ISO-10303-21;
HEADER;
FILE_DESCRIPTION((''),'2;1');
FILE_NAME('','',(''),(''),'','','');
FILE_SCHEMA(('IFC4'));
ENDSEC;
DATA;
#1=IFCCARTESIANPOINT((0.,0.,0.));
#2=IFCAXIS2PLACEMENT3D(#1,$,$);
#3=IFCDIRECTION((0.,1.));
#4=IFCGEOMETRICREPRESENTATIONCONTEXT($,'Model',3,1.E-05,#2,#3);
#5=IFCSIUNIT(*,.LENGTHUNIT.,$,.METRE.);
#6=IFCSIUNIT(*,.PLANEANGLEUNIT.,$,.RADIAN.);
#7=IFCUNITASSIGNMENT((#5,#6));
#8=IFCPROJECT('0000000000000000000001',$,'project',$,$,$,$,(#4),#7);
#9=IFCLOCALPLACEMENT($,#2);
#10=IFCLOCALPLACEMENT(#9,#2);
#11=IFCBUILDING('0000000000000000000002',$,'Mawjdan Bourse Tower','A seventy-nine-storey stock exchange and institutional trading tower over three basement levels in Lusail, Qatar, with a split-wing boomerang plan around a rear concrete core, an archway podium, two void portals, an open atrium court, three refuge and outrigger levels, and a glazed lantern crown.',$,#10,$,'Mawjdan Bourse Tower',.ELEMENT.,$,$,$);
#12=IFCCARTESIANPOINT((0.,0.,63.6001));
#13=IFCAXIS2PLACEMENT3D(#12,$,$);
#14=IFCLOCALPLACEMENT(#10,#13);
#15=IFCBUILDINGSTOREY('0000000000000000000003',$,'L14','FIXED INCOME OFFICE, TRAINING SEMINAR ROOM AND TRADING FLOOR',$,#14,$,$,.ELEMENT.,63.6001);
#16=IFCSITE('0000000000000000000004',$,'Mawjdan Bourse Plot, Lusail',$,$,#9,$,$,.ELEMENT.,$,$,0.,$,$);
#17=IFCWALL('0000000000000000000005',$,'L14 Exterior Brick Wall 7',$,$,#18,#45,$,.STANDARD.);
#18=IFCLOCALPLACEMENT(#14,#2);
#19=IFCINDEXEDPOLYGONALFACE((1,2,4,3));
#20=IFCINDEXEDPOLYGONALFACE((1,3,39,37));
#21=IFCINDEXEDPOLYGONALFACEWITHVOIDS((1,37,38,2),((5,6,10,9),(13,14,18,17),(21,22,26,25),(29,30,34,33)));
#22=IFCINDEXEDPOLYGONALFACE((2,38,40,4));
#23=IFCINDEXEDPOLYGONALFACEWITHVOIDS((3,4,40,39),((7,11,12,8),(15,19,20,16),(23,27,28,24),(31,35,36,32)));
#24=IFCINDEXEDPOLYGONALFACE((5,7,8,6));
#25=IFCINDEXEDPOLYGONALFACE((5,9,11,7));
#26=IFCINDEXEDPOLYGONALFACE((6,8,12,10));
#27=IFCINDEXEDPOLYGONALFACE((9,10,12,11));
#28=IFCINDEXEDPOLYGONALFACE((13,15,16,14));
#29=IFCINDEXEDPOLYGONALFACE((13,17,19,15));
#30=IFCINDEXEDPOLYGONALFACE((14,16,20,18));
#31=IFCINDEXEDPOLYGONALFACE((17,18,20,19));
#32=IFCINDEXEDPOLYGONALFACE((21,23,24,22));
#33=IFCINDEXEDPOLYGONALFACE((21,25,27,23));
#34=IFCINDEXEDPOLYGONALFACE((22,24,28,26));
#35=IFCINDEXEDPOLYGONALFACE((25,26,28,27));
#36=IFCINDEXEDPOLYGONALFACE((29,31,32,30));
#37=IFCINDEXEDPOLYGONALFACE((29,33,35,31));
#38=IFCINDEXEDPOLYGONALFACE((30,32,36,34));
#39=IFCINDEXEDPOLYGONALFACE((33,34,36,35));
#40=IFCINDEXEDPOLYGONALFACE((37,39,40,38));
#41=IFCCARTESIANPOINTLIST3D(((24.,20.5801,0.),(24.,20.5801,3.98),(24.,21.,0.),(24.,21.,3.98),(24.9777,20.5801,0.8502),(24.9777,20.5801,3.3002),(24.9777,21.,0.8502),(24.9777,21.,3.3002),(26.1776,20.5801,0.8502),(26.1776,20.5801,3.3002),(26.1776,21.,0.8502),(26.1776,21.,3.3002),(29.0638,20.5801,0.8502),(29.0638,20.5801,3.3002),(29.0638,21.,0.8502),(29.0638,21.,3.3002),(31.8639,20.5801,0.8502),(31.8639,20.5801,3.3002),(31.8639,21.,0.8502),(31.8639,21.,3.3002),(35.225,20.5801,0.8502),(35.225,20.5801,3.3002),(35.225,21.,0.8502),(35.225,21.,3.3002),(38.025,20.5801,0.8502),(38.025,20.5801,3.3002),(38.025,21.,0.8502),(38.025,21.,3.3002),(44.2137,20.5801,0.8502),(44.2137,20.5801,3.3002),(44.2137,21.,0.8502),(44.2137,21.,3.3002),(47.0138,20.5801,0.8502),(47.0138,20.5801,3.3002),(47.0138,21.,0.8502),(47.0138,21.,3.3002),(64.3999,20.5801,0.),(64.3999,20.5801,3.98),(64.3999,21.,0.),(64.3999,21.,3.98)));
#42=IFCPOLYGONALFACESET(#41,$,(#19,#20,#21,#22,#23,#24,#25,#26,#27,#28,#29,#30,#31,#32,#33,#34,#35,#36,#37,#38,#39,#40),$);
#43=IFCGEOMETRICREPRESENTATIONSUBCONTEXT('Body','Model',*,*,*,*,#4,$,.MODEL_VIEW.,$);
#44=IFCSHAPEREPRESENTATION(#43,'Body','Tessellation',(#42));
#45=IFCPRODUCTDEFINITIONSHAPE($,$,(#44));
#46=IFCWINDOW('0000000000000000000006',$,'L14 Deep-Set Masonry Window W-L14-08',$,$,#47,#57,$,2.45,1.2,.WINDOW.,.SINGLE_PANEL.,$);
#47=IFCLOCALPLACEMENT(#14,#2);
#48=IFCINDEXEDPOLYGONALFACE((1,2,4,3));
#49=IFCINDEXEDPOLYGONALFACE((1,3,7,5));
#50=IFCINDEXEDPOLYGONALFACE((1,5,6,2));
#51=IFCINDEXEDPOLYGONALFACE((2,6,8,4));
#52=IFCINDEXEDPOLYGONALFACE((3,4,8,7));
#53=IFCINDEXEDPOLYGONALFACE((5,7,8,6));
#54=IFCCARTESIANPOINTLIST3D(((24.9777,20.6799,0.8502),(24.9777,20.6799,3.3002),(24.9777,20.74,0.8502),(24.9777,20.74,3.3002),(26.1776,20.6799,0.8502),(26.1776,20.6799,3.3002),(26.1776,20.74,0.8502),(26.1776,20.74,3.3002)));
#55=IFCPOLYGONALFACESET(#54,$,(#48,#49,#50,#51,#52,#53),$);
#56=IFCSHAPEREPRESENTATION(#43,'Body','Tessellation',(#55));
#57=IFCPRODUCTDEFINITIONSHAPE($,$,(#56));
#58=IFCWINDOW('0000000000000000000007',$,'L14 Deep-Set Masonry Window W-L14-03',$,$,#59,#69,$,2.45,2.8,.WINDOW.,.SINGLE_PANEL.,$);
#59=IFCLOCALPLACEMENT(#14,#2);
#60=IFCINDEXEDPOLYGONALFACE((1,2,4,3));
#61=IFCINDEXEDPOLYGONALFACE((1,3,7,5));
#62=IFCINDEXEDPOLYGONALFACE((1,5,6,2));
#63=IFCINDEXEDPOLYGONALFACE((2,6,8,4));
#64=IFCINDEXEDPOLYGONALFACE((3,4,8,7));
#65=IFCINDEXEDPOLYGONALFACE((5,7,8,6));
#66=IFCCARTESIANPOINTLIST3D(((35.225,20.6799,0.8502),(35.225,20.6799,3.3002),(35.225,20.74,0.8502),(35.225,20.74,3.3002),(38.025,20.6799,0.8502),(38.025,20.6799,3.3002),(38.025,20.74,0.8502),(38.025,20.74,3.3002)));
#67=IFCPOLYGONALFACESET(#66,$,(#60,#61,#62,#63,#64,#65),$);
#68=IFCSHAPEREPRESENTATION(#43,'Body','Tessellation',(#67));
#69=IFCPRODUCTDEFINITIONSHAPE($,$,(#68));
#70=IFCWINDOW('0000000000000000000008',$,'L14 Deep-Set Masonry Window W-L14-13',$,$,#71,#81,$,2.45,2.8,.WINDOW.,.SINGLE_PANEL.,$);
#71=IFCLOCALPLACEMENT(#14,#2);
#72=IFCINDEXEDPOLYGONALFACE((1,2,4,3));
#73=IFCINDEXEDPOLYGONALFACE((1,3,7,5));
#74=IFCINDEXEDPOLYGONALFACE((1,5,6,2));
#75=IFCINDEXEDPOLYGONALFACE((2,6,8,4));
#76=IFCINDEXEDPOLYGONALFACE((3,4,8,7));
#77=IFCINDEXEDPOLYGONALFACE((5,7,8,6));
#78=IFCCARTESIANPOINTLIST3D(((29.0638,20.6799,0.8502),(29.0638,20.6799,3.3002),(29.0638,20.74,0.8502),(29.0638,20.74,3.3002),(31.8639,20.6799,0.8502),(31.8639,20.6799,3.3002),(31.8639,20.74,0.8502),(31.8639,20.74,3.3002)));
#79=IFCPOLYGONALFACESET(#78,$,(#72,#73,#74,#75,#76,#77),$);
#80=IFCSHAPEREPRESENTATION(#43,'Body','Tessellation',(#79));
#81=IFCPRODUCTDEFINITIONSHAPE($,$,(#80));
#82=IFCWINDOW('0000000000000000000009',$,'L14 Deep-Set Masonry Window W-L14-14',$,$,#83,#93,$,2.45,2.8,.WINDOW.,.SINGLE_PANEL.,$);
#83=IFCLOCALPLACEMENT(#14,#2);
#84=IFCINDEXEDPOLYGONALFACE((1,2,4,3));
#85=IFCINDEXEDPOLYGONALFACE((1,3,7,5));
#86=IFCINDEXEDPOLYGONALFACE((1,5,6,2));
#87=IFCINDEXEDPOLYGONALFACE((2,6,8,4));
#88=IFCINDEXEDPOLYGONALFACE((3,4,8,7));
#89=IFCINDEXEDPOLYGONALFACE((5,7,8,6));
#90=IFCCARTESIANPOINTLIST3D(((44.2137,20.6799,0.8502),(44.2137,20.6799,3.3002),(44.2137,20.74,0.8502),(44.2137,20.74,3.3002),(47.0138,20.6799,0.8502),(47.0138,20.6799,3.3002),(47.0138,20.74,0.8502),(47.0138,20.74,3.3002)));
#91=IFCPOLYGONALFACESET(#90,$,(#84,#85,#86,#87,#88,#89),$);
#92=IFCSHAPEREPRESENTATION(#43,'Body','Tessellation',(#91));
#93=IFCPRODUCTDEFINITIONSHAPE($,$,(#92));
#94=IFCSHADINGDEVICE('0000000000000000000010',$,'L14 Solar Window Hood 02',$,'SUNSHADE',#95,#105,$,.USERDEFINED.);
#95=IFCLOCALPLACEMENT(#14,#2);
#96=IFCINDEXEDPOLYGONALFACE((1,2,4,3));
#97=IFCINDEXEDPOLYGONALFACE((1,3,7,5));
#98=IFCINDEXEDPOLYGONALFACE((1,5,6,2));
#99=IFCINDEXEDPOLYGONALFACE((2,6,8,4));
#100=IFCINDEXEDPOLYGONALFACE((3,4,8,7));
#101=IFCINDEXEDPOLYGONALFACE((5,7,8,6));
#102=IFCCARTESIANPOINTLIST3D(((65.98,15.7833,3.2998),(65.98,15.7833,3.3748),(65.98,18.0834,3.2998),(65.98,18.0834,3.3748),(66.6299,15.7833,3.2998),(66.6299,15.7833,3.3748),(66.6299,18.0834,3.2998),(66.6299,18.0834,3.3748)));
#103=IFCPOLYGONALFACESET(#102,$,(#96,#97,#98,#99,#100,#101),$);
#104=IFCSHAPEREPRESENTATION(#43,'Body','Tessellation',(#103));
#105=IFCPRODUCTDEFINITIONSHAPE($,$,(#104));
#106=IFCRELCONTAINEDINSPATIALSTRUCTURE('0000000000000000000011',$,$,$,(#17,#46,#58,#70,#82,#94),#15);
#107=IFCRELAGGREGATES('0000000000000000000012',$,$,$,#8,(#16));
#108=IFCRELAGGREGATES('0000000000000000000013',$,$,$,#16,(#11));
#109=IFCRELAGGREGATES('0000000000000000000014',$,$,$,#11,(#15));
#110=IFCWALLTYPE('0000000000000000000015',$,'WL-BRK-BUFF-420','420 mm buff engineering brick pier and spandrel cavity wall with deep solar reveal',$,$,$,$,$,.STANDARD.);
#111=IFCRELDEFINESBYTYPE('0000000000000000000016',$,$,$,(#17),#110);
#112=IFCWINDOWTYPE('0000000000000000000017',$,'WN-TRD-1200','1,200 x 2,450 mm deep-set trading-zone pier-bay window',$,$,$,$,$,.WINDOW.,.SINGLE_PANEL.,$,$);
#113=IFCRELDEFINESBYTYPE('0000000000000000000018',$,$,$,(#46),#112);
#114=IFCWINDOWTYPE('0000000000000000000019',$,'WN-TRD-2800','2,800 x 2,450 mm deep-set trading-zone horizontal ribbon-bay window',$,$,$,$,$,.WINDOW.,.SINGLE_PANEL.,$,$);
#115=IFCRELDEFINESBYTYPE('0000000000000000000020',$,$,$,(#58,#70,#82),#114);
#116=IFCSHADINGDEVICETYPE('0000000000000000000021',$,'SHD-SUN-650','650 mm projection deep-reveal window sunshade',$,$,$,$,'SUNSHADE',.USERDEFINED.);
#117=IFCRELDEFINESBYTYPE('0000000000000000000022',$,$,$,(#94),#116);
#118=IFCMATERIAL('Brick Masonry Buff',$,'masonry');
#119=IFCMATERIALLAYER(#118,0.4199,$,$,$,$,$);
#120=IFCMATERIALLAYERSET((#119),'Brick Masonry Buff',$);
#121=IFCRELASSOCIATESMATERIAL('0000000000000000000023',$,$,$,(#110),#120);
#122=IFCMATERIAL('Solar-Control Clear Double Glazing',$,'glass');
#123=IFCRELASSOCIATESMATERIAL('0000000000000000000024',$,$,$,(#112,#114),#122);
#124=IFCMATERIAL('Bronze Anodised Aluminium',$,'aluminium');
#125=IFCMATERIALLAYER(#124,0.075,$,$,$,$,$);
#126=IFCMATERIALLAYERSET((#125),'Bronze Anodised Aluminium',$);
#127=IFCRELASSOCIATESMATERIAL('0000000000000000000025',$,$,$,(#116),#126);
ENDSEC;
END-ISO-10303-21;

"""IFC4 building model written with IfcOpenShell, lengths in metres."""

from ifc_helpers import new_model, si_unit, direction, frame, frame_2d, origin, origin_2d, place, context, subcontext, project, spatial, rectangle, extrude, material, layer, layer_set, type_object, element, fill, save


model = new_model("IFC4")

# Units and contexts
model_context = context("Model", 3, precision=1e-05, world=origin(), true_north=direction((0.0, 1.0)))
body_context = subcontext(model_context, "Body", "Model", "MODEL_VIEW")
ifc_project = project(units=[si_unit("LENGTHUNIT", "METRE"), si_unit("PLANEANGLEUNIT", "RADIAN")], contexts=[model_context])

# Site, building, storey
site_placement = place(None, origin())
site = spatial("IfcSite", under=ifc_project, at=site_placement, Name="Mawjdan Bourse Plot, Lusail", CompositionType="ELEMENT", RefElevation=0.0)
building_placement = place(site_placement, origin())
building = spatial("IfcBuilding", under=site, at=building_placement, Name="Mawjdan Bourse Tower", Description="A seventy-nine-storey stock exchange and institutional trading tower over three basement levels in Lusail, Qatar, with a split-wing boomerang plan around a rear concrete core, an archway podium, two void portals, an open atrium court, three refuge and outrigger levels, and a glazed lantern crown.", LongName="Mawjdan Bourse Tower", CompositionType="ELEMENT")
storey_placement = place(building_placement, frame((0.0, 0.0, 63.6001)))
storey = spatial("IfcBuildingStorey", under=building, at=storey_placement, Name="L14", Description="FIXED INCOME OFFICE, TRAINING SEMINAR ROOM AND TRADING FLOOR", CompositionType="ELEMENT", Elevation=63.6001)

# Shared definitions
ifc_material_1 = material(Name="Brick Masonry Buff", Category="masonry")
ifc_layer_1 = layer(ifc_material_1, 0.4199)
ifc_layer_set_1 = layer_set([ifc_layer_1], Name="Brick Masonry Buff")
wall_type = type_object("IfcWallType", Name="WL-BRK-BUFF-420", Description="420 mm buff engineering brick pier and spandrel cavity wall with deep solar reveal", PredefinedType="STANDARD", material=ifc_layer_set_1)

# Wall, openings, windows
wall_placement = place(storey_placement, frame((64.3999, 20.79, 0.0), z_axis=(0.0, 0.0, 1.0), x_axis=(-1.0, 0.0, 0.0)))
wall = element("IfcWall", 1, at=wall_placement, inside=storey, type_object=wall_type, Name="L14 Exterior Brick Wall 7", PredefinedType="STANDARD", context=body_context, shape_type="SweptSolid", body=[
    extrude(rectangle(XDim=40.3999, YDim=0.4199, at=frame_2d((20.2, 0.0))), origin(), (0.0, 0.0, 1.0), 3.98),
])
opening_1_placement = place(wall_placement, frame((26.375, 0.0, 0.8501)))
opening_1 = element("IfcOpeningElement", 2, at=opening_1_placement, cuts=wall, PredefinedType="OPENING", context=body_context, shape_type="SweptSolid", body=[
    extrude(rectangle(XDim=2.8, YDim=2.45, at=frame_2d((1.3999, 1.2251))), frame((0.0, 0.22, 0.0), z_axis=(0.0, -1.0, 0.0), x_axis=(1.0, 0.0, 0.0)), (0.0, 0.0, 1.0), 0.4399),
])
opening_2_placement = place(wall_placement, frame((38.2222, 0.0, 0.8501)))
opening_2 = element("IfcOpeningElement", 3, at=opening_2_placement, cuts=wall, PredefinedType="OPENING", context=body_context, shape_type="SweptSolid", body=[
    extrude(rectangle(XDim=1.2, YDim=2.45, at=frame_2d((0.6001, 1.2251))), frame((0.0, 0.22, 0.0), z_axis=(0.0, -1.0, 0.0), x_axis=(1.0, 0.0, 0.0)), (0.0, 0.0, 1.0), 0.4399),
])
opening_3_placement = place(wall_placement, frame((32.5361, 0.0, 0.8501)))
opening_3 = element("IfcOpeningElement", 4, at=opening_3_placement, cuts=wall, PredefinedType="OPENING", context=body_context, shape_type="SweptSolid", body=[
    extrude(rectangle(XDim=2.8, YDim=2.45, at=frame_2d((1.3999, 1.2251))), frame((0.0, 0.22, 0.0), z_axis=(0.0, -1.0, 0.0), x_axis=(1.0, 0.0, 0.0)), (0.0, 0.0, 1.0), 0.4399),
])
opening_4_placement = place(wall_placement, frame((17.3862, 0.0, 0.8501)))
opening_4 = element("IfcOpeningElement", 5, at=opening_4_placement, cuts=wall, PredefinedType="OPENING", context=body_context, shape_type="SweptSolid", body=[
    extrude(rectangle(XDim=2.8, YDim=2.45, at=frame_2d((1.3999, 1.2251))), frame((0.0, 0.22, 0.0), z_axis=(0.0, -1.0, 0.0), x_axis=(1.0, 0.0, 0.0)), (0.0, 0.0, 1.0), 0.4399),
])
ifc_material_2 = material(Name="Solar-Control Clear Double Glazing", Category="glass")
window_type_1 = type_object("IfcWindowType", Name="WN-TRD-1200", Description="1,200 x 2,450 mm deep-set trading-zone pier-bay window", PartitioningType="SINGLE_PANEL", PredefinedType="WINDOW", material=ifc_material_2)
window_1_placement = place(opening_2_placement, origin())
window_1 = element("IfcWindow", 6, at=window_1_placement, inside=storey, type_object=window_type_1, Name="L14 Deep-Set Masonry Window W-L14-08", OverallHeight=2.45, OverallWidth=1.2, PartitioningType="SINGLE_PANEL", PredefinedType="WINDOW", context=body_context, shape_type="SweptSolid", body=[
    extrude(rectangle(XDim=1.2, YDim=2.45, at=frame_2d((0.6001, 1.2251))), frame((0.0, 0.1101, 0.0), z_axis=(0.0, -1.0, 0.0), x_axis=(1.0, 0.0, 0.0)), (0.0, 0.0, 1.0), 0.0601),
])
fill(opening_2, window_1)
window_type_2 = type_object("IfcWindowType", Name="WN-TRD-2800", Description="2,800 x 2,450 mm deep-set trading-zone horizontal ribbon-bay window", PartitioningType="SINGLE_PANEL", PredefinedType="WINDOW", material=ifc_material_2)
window_2_placement = place(opening_1_placement, origin())
window_2 = element("IfcWindow", 7, at=window_2_placement, inside=storey, type_object=window_type_2, Name="L14 Deep-Set Masonry Window W-L14-03", OverallHeight=2.45, OverallWidth=2.8, PartitioningType="SINGLE_PANEL", PredefinedType="WINDOW", context=body_context, shape_type="SweptSolid", body=[
    extrude(rectangle(XDim=2.8, YDim=2.45, at=frame_2d((1.3999, 1.2251))), frame((0.0, 0.1101, 0.0), z_axis=(0.0, -1.0, 0.0), x_axis=(1.0, 0.0, 0.0)), (0.0, 0.0, 1.0), 0.0601),
])
fill(opening_1, window_2)
window_3_placement = place(opening_3_placement, origin())
window_3 = element("IfcWindow", 8, at=window_3_placement, inside=storey, type_object=window_type_2, Name="L14 Deep-Set Masonry Window W-L14-13", OverallHeight=2.45, OverallWidth=2.8, PartitioningType="SINGLE_PANEL", PredefinedType="WINDOW", context=body_context, shape_type="SweptSolid", body=[
    extrude(rectangle(XDim=2.8, YDim=2.45, at=frame_2d((1.3999, 1.2251))), frame((0.0, 0.1101, 0.0), z_axis=(0.0, -1.0, 0.0), x_axis=(1.0, 0.0, 0.0)), (0.0, 0.0, 1.0), 0.0601),
])
fill(opening_3, window_3)
window_4_placement = place(opening_4_placement, origin())
window_4 = element("IfcWindow", 9, at=window_4_placement, inside=storey, type_object=window_type_2, Name="L14 Deep-Set Masonry Window W-L14-14", OverallHeight=2.45, OverallWidth=2.8, PartitioningType="SINGLE_PANEL", PredefinedType="WINDOW", context=body_context, shape_type="SweptSolid", body=[
    extrude(rectangle(XDim=2.8, YDim=2.45, at=frame_2d((1.3999, 1.2251))), frame((0.0, 0.1101, 0.0), z_axis=(0.0, -1.0, 0.0), x_axis=(1.0, 0.0, 0.0)), (0.0, 0.0, 1.0), 0.0601),
])
fill(opening_4, window_4)

# Shading device
ifc_material_3 = material(Name="Bronze Anodised Aluminium", Category="aluminium")
ifc_layer_2 = layer(ifc_material_3, 0.075)
ifc_layer_set_2 = layer_set([ifc_layer_2], Name="Bronze Anodised Aluminium")
shading_device_type = type_object("IfcShadingDeviceType", Name="SHD-SUN-650", Description="650 mm projection deep-reveal window sunshade", ElementType="SUNSHADE", PredefinedType="USERDEFINED", material=ifc_layer_set_2)
shading_device_placement = place(storey_placement, frame((66.3049, 16.9333, 3.2998), z_axis=(0.0, 0.0, 1.0), x_axis=(0.0, 1.0, 0.0)))
element("IfcShadingDevice", 10, at=shading_device_placement, inside=storey, type_object=shading_device_type, Name="L14 Solar Window Hood 02", ObjectType="SUNSHADE", PredefinedType="USERDEFINED", context=body_context, shape_type="SweptSolid", body=[
    extrude(rectangle(XDim=2.3, YDim=0.6499, at=origin_2d()), origin(), (0.0, 0.0, 1.0), 0.075),
])

save(model, "model.ifc")
